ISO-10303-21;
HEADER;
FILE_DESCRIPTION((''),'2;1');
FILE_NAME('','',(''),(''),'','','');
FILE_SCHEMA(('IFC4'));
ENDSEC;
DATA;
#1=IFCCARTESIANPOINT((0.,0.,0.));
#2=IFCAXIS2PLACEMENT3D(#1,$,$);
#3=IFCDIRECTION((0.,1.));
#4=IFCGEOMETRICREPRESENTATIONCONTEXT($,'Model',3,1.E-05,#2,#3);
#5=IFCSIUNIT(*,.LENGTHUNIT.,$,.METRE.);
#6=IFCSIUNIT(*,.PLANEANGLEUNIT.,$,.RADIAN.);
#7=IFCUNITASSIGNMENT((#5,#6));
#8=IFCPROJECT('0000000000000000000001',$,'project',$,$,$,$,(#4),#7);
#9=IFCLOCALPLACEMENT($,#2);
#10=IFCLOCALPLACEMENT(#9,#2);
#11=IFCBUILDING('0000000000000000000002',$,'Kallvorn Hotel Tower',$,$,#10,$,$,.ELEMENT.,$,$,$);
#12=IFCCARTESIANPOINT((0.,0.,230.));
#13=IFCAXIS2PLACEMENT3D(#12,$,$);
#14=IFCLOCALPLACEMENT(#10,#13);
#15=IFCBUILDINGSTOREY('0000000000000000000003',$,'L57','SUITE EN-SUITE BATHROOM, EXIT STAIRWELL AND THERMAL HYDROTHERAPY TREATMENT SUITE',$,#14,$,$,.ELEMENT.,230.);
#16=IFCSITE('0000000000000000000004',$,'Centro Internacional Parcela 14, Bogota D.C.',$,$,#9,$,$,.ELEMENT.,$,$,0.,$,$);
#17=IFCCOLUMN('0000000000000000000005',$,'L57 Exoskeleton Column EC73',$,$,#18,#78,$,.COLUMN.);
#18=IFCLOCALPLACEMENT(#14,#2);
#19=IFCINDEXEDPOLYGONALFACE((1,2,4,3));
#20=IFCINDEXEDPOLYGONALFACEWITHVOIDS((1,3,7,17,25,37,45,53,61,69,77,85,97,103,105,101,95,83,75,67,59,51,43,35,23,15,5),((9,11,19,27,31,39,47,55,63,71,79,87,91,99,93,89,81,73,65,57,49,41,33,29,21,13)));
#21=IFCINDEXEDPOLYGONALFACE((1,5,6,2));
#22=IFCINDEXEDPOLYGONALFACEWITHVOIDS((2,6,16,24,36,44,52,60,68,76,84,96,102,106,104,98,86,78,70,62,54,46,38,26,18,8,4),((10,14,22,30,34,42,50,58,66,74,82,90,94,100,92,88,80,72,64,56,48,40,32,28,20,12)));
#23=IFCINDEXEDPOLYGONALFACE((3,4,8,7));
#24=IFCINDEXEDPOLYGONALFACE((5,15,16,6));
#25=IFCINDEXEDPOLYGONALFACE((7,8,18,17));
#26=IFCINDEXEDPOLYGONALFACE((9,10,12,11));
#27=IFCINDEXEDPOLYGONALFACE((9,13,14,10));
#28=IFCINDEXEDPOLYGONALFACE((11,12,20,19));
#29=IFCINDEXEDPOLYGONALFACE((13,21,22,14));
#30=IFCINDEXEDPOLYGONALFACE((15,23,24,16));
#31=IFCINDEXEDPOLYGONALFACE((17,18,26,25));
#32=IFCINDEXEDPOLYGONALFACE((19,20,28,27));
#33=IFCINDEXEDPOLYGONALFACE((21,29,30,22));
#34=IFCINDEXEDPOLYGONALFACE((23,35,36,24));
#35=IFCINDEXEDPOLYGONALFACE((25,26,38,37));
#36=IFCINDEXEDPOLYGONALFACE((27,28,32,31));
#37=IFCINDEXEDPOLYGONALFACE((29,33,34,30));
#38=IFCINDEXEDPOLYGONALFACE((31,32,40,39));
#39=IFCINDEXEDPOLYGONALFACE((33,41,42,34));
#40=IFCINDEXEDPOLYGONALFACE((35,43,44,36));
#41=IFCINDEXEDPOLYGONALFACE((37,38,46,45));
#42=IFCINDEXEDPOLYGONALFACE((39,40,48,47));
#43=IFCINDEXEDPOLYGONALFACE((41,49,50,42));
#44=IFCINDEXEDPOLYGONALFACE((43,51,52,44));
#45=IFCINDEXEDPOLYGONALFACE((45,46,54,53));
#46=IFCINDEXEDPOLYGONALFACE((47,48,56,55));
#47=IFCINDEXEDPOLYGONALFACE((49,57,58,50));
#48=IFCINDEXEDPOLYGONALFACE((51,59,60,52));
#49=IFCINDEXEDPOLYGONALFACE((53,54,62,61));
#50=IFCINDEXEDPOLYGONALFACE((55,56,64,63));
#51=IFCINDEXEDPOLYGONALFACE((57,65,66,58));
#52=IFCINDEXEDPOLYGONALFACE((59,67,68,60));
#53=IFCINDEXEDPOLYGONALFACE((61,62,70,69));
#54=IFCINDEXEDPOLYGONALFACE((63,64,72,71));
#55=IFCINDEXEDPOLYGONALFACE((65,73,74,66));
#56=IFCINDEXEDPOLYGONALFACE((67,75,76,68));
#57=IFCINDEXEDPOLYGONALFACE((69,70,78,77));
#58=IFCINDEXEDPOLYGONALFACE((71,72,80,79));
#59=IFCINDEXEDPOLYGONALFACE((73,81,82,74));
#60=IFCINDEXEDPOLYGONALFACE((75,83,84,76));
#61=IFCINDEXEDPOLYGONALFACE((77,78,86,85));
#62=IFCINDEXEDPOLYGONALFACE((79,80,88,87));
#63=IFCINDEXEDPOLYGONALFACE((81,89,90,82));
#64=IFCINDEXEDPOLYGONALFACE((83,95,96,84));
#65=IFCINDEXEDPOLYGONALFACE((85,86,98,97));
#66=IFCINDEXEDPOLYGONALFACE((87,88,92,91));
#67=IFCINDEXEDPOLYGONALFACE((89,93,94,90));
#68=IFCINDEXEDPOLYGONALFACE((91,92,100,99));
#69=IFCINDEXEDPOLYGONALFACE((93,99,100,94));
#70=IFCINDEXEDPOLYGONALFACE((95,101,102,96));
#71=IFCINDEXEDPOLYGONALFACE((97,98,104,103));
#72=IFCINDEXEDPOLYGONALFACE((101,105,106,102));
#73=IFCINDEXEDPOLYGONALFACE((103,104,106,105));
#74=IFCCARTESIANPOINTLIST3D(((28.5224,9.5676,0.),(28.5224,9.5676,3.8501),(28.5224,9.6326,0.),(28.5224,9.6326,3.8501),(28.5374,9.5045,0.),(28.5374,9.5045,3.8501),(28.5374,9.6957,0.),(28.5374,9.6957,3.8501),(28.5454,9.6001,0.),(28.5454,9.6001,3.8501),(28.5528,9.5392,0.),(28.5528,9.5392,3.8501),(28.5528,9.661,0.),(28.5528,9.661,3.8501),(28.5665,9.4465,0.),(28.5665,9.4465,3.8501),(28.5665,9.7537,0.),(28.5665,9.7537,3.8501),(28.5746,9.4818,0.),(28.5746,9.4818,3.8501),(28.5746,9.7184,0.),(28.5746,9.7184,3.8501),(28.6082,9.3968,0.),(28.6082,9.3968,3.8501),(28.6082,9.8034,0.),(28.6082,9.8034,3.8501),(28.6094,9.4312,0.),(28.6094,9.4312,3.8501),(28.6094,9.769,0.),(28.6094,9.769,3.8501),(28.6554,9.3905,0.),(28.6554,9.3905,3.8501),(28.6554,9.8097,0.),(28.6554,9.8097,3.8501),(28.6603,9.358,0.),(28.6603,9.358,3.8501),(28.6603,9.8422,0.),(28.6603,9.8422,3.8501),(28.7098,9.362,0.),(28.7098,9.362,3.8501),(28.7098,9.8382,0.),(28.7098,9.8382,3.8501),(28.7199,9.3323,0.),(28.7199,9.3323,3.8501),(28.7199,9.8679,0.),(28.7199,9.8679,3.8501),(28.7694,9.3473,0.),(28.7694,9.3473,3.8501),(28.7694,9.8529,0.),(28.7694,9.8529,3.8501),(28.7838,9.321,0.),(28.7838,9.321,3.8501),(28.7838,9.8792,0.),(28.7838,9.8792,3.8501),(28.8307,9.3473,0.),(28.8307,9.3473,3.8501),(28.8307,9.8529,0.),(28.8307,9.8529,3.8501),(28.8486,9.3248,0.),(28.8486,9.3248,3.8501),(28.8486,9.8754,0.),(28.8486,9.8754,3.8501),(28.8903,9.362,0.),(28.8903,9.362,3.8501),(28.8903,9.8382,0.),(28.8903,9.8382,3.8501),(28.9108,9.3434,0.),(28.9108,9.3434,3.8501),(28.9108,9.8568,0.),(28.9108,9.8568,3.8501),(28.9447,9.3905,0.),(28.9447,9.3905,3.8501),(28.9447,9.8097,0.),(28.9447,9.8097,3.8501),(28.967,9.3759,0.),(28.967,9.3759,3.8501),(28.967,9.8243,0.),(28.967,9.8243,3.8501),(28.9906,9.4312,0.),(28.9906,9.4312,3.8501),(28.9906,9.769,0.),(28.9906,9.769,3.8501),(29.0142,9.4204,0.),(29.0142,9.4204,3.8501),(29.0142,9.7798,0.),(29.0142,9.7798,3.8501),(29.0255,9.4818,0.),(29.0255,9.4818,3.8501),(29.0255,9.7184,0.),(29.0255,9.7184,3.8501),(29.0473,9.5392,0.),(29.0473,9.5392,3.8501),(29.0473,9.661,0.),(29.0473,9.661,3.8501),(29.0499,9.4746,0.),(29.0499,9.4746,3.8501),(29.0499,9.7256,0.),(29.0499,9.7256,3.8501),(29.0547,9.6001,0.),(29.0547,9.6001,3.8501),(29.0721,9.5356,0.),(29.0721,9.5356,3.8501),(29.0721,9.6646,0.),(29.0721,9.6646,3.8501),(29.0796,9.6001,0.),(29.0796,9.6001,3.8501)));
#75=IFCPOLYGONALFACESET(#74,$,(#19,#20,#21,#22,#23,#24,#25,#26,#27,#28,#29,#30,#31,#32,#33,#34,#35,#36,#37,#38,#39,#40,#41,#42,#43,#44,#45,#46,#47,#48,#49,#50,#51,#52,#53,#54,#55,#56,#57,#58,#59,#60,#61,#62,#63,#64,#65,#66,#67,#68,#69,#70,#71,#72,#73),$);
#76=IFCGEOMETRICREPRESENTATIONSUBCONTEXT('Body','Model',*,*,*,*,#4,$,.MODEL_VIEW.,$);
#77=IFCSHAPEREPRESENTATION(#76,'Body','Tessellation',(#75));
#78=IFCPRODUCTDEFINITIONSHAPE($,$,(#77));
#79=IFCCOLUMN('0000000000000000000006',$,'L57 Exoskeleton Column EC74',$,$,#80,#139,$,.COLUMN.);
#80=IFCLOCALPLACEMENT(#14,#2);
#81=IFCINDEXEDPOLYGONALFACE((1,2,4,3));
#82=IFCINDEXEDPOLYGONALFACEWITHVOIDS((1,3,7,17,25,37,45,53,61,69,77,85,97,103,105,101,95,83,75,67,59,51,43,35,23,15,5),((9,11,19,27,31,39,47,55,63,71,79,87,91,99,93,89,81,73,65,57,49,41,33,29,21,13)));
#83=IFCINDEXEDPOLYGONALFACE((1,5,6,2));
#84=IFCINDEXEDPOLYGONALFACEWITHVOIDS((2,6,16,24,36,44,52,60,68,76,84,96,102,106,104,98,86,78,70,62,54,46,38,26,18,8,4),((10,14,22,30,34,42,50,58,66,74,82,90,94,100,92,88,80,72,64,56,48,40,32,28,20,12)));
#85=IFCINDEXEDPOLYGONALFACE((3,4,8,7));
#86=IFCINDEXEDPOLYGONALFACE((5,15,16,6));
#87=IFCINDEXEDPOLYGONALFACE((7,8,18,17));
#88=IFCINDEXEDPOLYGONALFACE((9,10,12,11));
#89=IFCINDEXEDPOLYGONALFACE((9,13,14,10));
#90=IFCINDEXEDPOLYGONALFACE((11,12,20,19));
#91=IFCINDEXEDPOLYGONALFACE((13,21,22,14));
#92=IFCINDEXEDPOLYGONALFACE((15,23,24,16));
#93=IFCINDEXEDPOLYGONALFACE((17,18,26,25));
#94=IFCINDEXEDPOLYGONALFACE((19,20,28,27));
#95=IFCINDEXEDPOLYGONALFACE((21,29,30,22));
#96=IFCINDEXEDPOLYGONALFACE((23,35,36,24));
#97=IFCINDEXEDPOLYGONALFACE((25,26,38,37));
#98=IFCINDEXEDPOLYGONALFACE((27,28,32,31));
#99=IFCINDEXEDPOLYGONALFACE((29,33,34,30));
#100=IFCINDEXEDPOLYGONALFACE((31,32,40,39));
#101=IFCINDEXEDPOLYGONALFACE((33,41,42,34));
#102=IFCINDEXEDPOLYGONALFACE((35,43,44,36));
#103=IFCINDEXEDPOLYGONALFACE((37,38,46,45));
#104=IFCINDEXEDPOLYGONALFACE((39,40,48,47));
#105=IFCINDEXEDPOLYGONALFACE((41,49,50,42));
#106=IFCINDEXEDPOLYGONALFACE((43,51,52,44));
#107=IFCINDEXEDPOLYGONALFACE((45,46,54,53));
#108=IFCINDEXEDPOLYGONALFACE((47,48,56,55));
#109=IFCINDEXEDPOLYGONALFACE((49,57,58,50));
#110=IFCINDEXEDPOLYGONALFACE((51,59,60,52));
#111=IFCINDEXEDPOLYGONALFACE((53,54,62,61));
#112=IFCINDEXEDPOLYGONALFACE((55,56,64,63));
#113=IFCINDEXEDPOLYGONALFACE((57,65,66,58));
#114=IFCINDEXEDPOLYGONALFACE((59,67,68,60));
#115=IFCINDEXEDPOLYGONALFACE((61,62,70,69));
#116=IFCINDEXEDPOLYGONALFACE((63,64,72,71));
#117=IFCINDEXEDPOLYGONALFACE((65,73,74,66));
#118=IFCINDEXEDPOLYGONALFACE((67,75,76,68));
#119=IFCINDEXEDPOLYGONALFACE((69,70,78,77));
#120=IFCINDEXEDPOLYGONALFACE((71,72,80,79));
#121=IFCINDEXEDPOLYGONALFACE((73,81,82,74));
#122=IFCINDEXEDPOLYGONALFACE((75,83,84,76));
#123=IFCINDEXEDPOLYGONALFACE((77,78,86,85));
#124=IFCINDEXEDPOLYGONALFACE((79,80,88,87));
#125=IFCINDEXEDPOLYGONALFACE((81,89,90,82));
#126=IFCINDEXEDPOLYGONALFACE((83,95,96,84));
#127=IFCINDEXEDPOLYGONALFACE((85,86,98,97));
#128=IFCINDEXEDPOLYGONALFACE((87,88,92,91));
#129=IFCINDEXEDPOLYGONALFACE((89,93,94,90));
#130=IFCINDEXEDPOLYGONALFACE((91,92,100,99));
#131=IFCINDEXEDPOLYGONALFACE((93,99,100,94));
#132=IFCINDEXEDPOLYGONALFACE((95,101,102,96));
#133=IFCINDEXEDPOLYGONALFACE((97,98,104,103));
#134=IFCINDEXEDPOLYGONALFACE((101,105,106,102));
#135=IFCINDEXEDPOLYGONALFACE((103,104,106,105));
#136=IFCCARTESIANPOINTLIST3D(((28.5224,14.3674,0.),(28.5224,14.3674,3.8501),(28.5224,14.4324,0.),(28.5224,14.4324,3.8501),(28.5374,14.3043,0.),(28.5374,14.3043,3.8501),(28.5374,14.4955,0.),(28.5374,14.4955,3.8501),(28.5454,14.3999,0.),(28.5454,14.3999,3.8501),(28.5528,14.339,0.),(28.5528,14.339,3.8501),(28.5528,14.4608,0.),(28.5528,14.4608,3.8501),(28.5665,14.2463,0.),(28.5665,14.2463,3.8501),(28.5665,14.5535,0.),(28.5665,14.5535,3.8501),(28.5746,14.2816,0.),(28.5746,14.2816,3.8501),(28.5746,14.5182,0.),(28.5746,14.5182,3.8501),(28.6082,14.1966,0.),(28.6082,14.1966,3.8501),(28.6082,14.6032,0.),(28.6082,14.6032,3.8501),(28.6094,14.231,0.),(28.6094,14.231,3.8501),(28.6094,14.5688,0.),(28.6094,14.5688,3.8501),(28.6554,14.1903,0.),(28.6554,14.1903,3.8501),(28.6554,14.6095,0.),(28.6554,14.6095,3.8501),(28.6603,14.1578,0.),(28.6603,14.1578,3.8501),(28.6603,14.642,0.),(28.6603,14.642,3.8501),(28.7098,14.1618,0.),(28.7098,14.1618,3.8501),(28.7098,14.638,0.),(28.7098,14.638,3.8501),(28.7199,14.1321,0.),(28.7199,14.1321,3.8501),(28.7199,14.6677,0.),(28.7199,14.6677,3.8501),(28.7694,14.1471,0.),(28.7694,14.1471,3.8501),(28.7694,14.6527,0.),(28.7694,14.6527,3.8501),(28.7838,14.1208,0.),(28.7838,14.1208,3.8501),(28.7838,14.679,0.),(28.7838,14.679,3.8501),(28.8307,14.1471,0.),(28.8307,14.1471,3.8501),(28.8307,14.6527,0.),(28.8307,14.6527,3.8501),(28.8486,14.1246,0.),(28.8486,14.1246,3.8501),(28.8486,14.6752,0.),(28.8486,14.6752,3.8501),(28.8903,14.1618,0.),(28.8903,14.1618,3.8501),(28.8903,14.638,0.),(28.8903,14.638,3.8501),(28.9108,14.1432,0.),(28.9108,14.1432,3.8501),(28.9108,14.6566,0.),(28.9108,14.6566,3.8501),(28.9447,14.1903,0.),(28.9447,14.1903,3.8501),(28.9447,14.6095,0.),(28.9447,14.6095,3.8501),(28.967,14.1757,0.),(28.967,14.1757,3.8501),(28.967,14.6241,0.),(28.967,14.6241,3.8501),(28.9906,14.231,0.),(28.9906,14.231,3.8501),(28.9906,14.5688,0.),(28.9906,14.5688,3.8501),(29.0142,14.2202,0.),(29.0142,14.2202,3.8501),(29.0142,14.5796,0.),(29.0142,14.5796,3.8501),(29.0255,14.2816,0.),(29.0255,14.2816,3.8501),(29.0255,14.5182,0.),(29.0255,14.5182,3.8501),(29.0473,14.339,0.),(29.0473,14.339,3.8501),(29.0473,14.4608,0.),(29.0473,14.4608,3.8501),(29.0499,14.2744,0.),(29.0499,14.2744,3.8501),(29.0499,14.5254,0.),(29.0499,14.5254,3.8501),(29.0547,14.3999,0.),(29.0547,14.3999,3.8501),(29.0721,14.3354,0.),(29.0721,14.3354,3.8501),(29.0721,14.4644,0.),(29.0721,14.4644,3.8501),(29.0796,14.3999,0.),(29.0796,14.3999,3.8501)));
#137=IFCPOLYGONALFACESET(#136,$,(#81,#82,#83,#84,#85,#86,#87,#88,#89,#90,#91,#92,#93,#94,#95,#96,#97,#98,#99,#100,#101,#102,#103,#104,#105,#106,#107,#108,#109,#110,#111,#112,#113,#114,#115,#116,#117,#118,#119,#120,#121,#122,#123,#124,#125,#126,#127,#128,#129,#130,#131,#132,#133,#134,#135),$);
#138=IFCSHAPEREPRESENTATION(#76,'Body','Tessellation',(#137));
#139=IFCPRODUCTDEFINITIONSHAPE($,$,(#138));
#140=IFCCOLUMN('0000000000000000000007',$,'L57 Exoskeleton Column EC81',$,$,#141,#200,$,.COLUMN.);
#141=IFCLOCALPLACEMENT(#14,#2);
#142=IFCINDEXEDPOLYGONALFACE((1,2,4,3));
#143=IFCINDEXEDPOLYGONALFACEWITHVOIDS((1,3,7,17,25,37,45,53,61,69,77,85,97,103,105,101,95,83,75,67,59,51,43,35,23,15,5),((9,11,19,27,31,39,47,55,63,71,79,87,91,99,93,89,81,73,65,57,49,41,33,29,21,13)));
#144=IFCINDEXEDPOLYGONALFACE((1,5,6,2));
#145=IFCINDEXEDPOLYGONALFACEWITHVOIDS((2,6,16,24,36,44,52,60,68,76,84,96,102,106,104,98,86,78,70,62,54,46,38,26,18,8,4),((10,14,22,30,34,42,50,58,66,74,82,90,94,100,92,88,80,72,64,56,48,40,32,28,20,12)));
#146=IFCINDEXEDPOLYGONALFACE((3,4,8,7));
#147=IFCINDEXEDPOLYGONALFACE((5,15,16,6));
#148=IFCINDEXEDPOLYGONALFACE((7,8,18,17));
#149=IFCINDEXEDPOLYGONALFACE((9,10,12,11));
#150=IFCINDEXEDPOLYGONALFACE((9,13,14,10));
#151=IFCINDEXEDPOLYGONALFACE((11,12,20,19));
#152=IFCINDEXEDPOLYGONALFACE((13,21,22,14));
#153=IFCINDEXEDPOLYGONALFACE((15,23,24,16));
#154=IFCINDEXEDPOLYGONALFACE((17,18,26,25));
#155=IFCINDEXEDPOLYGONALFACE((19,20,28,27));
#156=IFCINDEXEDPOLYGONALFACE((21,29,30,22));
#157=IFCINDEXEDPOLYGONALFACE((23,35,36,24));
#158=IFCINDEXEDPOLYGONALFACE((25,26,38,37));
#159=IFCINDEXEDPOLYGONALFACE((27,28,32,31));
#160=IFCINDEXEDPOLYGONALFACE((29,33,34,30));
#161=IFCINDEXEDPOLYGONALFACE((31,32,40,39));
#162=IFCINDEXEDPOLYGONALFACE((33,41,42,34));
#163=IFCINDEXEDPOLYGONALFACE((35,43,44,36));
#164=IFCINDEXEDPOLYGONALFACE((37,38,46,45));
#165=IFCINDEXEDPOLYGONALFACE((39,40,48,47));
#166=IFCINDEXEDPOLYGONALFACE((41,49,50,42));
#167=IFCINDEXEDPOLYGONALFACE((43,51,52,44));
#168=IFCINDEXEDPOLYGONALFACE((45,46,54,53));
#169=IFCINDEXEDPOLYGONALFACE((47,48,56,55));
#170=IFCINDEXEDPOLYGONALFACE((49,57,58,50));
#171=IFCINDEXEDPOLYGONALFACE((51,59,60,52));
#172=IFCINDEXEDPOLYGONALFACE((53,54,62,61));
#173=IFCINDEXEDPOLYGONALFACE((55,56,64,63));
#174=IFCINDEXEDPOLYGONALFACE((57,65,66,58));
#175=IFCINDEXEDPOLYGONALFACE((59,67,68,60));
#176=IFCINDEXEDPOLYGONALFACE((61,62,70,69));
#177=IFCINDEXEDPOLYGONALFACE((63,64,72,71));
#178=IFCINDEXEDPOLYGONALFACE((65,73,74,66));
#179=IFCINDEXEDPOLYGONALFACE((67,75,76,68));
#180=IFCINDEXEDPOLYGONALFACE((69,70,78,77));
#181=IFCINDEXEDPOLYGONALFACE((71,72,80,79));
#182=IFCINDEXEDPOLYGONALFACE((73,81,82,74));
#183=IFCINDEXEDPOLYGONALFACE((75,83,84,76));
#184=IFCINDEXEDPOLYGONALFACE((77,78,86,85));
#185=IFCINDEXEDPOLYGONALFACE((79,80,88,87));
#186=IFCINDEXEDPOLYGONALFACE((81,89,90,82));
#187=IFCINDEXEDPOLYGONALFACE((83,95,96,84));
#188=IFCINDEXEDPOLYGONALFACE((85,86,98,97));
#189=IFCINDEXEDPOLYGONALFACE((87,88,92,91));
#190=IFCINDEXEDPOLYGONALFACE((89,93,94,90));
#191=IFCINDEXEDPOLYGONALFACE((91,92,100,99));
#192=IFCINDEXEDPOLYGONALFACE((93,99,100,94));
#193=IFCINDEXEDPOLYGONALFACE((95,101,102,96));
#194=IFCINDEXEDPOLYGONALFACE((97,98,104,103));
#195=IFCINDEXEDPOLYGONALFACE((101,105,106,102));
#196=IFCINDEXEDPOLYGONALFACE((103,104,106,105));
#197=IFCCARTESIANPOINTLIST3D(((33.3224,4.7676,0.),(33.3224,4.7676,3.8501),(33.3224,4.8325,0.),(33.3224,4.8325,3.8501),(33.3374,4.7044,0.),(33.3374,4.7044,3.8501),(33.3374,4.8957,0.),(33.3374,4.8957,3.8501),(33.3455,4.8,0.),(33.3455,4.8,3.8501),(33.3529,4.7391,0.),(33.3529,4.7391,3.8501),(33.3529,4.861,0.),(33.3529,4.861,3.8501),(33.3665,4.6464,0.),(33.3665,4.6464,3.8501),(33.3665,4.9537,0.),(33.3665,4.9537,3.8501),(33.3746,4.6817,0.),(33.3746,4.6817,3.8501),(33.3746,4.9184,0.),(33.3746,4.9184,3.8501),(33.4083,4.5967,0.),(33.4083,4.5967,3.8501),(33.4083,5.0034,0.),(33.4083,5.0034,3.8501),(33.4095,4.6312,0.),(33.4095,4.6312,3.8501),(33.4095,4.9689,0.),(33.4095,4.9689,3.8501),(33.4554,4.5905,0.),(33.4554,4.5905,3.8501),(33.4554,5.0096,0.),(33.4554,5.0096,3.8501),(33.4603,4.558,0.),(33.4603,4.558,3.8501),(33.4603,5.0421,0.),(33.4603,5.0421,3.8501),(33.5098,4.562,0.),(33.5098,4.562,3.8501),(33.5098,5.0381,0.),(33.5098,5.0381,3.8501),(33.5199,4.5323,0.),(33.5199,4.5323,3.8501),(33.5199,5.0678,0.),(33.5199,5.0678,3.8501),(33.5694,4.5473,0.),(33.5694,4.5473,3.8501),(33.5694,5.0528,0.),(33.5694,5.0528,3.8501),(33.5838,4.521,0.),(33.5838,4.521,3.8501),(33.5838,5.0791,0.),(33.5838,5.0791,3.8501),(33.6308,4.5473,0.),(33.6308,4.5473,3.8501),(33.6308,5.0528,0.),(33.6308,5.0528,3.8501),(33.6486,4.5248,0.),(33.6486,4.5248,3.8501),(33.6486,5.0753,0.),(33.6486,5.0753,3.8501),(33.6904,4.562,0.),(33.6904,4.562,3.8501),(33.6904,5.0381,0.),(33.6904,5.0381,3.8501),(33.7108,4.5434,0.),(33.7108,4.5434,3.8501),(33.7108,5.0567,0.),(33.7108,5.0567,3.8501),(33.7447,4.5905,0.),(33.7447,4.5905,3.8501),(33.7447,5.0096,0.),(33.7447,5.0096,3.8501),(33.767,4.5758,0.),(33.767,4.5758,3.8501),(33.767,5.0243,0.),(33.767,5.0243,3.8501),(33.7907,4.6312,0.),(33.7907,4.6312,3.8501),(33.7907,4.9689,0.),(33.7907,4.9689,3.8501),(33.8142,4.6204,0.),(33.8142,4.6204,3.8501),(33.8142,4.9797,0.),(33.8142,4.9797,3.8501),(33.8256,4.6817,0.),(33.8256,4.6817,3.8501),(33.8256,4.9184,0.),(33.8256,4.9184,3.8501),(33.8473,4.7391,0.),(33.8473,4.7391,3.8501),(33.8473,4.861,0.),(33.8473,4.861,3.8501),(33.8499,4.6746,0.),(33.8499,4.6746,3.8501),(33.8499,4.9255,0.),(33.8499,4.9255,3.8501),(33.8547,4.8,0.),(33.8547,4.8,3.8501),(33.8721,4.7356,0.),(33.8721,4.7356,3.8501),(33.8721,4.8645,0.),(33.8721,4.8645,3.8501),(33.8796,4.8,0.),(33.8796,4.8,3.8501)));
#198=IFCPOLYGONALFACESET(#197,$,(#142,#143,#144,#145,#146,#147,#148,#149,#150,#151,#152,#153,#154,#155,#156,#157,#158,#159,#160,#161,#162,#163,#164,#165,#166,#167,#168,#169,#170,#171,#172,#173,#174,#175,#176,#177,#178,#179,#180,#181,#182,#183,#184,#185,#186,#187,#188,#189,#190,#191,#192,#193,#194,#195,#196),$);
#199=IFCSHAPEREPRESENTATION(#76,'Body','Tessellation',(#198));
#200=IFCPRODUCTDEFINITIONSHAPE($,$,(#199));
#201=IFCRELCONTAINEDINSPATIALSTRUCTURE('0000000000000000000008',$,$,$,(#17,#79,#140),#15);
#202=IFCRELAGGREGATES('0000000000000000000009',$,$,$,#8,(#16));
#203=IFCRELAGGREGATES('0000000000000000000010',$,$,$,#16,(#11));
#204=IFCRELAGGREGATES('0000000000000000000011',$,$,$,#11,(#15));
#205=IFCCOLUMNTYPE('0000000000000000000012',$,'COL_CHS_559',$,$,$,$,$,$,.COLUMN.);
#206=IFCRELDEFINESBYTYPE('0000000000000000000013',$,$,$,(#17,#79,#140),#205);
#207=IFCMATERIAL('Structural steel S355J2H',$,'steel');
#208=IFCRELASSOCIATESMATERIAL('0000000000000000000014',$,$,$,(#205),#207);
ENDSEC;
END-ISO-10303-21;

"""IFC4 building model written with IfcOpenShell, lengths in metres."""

from ifc_helpers import new_model, si_unit, direction, frame, origin, origin_2d, place, context, subcontext, project, spatial, hollow_circle, extrude, material, material_profile, profile_set, type_object, element, save


model = new_model("IFC4")

# Units and contexts
model_context = context("Model", 3, precision=1e-05, world=origin(), true_north=direction((0.0, 1.0)))
body_context = subcontext(model_context, "Body", "Model", "MODEL_VIEW")
ifc_project = project(units=[si_unit("LENGTHUNIT", "METRE"), si_unit("PLANEANGLEUNIT", "RADIAN")], contexts=[model_context])

# Site, building, storey
site_placement = place(None, origin())
site = spatial("IfcSite", under=ifc_project, at=site_placement, Name="Centro Internacional Parcela 14, Bogota D.C.", CompositionType="ELEMENT", RefElevation=0.0)
building_placement = place(site_placement, origin())
building = spatial("IfcBuilding", under=site, at=building_placement, Name="Kallvorn Hotel Tower", CompositionType="ELEMENT")
storey_placement = place(building_placement, frame((0.0, 0.0, 230.0)))
storey = spatial("IfcBuildingStorey", under=building, at=storey_placement, Name="L57", Description="SUITE EN-SUITE BATHROOM, EXIT STAIRWELL AND THERMAL HYDROTHERAPY TREATMENT SUITE", CompositionType="ELEMENT", Elevation=230.0)

# Columns
ifc_material_1 = material(Name="Structural steel S355J2H", Category="steel")
ifc_material_profile_1 = material_profile(ifc_material_1, hollow_circle(Radius=0.2795, WallThickness=0.0249, at=origin_2d()), Name="CHS 559x25")
ifc_profile_set_1 = profile_set([ifc_material_profile_1], Name="Structural steel S355J2H")
column_type_1 = type_object("IfcColumnType", Name="COL_CHS_559", PredefinedType="COLUMN", material=ifc_profile_set_1)
for number, where, z_axis, x_axis, name in (
    (1, (28.8, 9.6001, 0.0), (0.0, 0.0, 1.0), (1.0, 0.0, 0.0), "L57 Exoskeleton Column EC73"),
    (2, (28.8, 14.3999, 0.0), (0.0, 0.0, 1.0), (1.0, 0.0, 0.0), "L57 Exoskeleton Column EC74"),
    (3, (33.6001, 4.8, 0.0), (0.0, 0.0, 1.0), (1.0, 0.0, 0.0), "L57 Exoskeleton Column EC81"),
):
    element("IfcColumn", number, at=place(storey_placement, frame(where, z_axis=z_axis, x_axis=x_axis)), inside=storey, type_object=column_type_1, Name=name, PredefinedType="COLUMN", context=body_context, shape_type="SweptSolid", body=[
        extrude(hollow_circle(Radius=0.2795, WallThickness=0.0249, at=origin_2d()), origin(), (0.0, 0.0, 1.0), 3.8501),
    ])

save(model, "model.ifc")
